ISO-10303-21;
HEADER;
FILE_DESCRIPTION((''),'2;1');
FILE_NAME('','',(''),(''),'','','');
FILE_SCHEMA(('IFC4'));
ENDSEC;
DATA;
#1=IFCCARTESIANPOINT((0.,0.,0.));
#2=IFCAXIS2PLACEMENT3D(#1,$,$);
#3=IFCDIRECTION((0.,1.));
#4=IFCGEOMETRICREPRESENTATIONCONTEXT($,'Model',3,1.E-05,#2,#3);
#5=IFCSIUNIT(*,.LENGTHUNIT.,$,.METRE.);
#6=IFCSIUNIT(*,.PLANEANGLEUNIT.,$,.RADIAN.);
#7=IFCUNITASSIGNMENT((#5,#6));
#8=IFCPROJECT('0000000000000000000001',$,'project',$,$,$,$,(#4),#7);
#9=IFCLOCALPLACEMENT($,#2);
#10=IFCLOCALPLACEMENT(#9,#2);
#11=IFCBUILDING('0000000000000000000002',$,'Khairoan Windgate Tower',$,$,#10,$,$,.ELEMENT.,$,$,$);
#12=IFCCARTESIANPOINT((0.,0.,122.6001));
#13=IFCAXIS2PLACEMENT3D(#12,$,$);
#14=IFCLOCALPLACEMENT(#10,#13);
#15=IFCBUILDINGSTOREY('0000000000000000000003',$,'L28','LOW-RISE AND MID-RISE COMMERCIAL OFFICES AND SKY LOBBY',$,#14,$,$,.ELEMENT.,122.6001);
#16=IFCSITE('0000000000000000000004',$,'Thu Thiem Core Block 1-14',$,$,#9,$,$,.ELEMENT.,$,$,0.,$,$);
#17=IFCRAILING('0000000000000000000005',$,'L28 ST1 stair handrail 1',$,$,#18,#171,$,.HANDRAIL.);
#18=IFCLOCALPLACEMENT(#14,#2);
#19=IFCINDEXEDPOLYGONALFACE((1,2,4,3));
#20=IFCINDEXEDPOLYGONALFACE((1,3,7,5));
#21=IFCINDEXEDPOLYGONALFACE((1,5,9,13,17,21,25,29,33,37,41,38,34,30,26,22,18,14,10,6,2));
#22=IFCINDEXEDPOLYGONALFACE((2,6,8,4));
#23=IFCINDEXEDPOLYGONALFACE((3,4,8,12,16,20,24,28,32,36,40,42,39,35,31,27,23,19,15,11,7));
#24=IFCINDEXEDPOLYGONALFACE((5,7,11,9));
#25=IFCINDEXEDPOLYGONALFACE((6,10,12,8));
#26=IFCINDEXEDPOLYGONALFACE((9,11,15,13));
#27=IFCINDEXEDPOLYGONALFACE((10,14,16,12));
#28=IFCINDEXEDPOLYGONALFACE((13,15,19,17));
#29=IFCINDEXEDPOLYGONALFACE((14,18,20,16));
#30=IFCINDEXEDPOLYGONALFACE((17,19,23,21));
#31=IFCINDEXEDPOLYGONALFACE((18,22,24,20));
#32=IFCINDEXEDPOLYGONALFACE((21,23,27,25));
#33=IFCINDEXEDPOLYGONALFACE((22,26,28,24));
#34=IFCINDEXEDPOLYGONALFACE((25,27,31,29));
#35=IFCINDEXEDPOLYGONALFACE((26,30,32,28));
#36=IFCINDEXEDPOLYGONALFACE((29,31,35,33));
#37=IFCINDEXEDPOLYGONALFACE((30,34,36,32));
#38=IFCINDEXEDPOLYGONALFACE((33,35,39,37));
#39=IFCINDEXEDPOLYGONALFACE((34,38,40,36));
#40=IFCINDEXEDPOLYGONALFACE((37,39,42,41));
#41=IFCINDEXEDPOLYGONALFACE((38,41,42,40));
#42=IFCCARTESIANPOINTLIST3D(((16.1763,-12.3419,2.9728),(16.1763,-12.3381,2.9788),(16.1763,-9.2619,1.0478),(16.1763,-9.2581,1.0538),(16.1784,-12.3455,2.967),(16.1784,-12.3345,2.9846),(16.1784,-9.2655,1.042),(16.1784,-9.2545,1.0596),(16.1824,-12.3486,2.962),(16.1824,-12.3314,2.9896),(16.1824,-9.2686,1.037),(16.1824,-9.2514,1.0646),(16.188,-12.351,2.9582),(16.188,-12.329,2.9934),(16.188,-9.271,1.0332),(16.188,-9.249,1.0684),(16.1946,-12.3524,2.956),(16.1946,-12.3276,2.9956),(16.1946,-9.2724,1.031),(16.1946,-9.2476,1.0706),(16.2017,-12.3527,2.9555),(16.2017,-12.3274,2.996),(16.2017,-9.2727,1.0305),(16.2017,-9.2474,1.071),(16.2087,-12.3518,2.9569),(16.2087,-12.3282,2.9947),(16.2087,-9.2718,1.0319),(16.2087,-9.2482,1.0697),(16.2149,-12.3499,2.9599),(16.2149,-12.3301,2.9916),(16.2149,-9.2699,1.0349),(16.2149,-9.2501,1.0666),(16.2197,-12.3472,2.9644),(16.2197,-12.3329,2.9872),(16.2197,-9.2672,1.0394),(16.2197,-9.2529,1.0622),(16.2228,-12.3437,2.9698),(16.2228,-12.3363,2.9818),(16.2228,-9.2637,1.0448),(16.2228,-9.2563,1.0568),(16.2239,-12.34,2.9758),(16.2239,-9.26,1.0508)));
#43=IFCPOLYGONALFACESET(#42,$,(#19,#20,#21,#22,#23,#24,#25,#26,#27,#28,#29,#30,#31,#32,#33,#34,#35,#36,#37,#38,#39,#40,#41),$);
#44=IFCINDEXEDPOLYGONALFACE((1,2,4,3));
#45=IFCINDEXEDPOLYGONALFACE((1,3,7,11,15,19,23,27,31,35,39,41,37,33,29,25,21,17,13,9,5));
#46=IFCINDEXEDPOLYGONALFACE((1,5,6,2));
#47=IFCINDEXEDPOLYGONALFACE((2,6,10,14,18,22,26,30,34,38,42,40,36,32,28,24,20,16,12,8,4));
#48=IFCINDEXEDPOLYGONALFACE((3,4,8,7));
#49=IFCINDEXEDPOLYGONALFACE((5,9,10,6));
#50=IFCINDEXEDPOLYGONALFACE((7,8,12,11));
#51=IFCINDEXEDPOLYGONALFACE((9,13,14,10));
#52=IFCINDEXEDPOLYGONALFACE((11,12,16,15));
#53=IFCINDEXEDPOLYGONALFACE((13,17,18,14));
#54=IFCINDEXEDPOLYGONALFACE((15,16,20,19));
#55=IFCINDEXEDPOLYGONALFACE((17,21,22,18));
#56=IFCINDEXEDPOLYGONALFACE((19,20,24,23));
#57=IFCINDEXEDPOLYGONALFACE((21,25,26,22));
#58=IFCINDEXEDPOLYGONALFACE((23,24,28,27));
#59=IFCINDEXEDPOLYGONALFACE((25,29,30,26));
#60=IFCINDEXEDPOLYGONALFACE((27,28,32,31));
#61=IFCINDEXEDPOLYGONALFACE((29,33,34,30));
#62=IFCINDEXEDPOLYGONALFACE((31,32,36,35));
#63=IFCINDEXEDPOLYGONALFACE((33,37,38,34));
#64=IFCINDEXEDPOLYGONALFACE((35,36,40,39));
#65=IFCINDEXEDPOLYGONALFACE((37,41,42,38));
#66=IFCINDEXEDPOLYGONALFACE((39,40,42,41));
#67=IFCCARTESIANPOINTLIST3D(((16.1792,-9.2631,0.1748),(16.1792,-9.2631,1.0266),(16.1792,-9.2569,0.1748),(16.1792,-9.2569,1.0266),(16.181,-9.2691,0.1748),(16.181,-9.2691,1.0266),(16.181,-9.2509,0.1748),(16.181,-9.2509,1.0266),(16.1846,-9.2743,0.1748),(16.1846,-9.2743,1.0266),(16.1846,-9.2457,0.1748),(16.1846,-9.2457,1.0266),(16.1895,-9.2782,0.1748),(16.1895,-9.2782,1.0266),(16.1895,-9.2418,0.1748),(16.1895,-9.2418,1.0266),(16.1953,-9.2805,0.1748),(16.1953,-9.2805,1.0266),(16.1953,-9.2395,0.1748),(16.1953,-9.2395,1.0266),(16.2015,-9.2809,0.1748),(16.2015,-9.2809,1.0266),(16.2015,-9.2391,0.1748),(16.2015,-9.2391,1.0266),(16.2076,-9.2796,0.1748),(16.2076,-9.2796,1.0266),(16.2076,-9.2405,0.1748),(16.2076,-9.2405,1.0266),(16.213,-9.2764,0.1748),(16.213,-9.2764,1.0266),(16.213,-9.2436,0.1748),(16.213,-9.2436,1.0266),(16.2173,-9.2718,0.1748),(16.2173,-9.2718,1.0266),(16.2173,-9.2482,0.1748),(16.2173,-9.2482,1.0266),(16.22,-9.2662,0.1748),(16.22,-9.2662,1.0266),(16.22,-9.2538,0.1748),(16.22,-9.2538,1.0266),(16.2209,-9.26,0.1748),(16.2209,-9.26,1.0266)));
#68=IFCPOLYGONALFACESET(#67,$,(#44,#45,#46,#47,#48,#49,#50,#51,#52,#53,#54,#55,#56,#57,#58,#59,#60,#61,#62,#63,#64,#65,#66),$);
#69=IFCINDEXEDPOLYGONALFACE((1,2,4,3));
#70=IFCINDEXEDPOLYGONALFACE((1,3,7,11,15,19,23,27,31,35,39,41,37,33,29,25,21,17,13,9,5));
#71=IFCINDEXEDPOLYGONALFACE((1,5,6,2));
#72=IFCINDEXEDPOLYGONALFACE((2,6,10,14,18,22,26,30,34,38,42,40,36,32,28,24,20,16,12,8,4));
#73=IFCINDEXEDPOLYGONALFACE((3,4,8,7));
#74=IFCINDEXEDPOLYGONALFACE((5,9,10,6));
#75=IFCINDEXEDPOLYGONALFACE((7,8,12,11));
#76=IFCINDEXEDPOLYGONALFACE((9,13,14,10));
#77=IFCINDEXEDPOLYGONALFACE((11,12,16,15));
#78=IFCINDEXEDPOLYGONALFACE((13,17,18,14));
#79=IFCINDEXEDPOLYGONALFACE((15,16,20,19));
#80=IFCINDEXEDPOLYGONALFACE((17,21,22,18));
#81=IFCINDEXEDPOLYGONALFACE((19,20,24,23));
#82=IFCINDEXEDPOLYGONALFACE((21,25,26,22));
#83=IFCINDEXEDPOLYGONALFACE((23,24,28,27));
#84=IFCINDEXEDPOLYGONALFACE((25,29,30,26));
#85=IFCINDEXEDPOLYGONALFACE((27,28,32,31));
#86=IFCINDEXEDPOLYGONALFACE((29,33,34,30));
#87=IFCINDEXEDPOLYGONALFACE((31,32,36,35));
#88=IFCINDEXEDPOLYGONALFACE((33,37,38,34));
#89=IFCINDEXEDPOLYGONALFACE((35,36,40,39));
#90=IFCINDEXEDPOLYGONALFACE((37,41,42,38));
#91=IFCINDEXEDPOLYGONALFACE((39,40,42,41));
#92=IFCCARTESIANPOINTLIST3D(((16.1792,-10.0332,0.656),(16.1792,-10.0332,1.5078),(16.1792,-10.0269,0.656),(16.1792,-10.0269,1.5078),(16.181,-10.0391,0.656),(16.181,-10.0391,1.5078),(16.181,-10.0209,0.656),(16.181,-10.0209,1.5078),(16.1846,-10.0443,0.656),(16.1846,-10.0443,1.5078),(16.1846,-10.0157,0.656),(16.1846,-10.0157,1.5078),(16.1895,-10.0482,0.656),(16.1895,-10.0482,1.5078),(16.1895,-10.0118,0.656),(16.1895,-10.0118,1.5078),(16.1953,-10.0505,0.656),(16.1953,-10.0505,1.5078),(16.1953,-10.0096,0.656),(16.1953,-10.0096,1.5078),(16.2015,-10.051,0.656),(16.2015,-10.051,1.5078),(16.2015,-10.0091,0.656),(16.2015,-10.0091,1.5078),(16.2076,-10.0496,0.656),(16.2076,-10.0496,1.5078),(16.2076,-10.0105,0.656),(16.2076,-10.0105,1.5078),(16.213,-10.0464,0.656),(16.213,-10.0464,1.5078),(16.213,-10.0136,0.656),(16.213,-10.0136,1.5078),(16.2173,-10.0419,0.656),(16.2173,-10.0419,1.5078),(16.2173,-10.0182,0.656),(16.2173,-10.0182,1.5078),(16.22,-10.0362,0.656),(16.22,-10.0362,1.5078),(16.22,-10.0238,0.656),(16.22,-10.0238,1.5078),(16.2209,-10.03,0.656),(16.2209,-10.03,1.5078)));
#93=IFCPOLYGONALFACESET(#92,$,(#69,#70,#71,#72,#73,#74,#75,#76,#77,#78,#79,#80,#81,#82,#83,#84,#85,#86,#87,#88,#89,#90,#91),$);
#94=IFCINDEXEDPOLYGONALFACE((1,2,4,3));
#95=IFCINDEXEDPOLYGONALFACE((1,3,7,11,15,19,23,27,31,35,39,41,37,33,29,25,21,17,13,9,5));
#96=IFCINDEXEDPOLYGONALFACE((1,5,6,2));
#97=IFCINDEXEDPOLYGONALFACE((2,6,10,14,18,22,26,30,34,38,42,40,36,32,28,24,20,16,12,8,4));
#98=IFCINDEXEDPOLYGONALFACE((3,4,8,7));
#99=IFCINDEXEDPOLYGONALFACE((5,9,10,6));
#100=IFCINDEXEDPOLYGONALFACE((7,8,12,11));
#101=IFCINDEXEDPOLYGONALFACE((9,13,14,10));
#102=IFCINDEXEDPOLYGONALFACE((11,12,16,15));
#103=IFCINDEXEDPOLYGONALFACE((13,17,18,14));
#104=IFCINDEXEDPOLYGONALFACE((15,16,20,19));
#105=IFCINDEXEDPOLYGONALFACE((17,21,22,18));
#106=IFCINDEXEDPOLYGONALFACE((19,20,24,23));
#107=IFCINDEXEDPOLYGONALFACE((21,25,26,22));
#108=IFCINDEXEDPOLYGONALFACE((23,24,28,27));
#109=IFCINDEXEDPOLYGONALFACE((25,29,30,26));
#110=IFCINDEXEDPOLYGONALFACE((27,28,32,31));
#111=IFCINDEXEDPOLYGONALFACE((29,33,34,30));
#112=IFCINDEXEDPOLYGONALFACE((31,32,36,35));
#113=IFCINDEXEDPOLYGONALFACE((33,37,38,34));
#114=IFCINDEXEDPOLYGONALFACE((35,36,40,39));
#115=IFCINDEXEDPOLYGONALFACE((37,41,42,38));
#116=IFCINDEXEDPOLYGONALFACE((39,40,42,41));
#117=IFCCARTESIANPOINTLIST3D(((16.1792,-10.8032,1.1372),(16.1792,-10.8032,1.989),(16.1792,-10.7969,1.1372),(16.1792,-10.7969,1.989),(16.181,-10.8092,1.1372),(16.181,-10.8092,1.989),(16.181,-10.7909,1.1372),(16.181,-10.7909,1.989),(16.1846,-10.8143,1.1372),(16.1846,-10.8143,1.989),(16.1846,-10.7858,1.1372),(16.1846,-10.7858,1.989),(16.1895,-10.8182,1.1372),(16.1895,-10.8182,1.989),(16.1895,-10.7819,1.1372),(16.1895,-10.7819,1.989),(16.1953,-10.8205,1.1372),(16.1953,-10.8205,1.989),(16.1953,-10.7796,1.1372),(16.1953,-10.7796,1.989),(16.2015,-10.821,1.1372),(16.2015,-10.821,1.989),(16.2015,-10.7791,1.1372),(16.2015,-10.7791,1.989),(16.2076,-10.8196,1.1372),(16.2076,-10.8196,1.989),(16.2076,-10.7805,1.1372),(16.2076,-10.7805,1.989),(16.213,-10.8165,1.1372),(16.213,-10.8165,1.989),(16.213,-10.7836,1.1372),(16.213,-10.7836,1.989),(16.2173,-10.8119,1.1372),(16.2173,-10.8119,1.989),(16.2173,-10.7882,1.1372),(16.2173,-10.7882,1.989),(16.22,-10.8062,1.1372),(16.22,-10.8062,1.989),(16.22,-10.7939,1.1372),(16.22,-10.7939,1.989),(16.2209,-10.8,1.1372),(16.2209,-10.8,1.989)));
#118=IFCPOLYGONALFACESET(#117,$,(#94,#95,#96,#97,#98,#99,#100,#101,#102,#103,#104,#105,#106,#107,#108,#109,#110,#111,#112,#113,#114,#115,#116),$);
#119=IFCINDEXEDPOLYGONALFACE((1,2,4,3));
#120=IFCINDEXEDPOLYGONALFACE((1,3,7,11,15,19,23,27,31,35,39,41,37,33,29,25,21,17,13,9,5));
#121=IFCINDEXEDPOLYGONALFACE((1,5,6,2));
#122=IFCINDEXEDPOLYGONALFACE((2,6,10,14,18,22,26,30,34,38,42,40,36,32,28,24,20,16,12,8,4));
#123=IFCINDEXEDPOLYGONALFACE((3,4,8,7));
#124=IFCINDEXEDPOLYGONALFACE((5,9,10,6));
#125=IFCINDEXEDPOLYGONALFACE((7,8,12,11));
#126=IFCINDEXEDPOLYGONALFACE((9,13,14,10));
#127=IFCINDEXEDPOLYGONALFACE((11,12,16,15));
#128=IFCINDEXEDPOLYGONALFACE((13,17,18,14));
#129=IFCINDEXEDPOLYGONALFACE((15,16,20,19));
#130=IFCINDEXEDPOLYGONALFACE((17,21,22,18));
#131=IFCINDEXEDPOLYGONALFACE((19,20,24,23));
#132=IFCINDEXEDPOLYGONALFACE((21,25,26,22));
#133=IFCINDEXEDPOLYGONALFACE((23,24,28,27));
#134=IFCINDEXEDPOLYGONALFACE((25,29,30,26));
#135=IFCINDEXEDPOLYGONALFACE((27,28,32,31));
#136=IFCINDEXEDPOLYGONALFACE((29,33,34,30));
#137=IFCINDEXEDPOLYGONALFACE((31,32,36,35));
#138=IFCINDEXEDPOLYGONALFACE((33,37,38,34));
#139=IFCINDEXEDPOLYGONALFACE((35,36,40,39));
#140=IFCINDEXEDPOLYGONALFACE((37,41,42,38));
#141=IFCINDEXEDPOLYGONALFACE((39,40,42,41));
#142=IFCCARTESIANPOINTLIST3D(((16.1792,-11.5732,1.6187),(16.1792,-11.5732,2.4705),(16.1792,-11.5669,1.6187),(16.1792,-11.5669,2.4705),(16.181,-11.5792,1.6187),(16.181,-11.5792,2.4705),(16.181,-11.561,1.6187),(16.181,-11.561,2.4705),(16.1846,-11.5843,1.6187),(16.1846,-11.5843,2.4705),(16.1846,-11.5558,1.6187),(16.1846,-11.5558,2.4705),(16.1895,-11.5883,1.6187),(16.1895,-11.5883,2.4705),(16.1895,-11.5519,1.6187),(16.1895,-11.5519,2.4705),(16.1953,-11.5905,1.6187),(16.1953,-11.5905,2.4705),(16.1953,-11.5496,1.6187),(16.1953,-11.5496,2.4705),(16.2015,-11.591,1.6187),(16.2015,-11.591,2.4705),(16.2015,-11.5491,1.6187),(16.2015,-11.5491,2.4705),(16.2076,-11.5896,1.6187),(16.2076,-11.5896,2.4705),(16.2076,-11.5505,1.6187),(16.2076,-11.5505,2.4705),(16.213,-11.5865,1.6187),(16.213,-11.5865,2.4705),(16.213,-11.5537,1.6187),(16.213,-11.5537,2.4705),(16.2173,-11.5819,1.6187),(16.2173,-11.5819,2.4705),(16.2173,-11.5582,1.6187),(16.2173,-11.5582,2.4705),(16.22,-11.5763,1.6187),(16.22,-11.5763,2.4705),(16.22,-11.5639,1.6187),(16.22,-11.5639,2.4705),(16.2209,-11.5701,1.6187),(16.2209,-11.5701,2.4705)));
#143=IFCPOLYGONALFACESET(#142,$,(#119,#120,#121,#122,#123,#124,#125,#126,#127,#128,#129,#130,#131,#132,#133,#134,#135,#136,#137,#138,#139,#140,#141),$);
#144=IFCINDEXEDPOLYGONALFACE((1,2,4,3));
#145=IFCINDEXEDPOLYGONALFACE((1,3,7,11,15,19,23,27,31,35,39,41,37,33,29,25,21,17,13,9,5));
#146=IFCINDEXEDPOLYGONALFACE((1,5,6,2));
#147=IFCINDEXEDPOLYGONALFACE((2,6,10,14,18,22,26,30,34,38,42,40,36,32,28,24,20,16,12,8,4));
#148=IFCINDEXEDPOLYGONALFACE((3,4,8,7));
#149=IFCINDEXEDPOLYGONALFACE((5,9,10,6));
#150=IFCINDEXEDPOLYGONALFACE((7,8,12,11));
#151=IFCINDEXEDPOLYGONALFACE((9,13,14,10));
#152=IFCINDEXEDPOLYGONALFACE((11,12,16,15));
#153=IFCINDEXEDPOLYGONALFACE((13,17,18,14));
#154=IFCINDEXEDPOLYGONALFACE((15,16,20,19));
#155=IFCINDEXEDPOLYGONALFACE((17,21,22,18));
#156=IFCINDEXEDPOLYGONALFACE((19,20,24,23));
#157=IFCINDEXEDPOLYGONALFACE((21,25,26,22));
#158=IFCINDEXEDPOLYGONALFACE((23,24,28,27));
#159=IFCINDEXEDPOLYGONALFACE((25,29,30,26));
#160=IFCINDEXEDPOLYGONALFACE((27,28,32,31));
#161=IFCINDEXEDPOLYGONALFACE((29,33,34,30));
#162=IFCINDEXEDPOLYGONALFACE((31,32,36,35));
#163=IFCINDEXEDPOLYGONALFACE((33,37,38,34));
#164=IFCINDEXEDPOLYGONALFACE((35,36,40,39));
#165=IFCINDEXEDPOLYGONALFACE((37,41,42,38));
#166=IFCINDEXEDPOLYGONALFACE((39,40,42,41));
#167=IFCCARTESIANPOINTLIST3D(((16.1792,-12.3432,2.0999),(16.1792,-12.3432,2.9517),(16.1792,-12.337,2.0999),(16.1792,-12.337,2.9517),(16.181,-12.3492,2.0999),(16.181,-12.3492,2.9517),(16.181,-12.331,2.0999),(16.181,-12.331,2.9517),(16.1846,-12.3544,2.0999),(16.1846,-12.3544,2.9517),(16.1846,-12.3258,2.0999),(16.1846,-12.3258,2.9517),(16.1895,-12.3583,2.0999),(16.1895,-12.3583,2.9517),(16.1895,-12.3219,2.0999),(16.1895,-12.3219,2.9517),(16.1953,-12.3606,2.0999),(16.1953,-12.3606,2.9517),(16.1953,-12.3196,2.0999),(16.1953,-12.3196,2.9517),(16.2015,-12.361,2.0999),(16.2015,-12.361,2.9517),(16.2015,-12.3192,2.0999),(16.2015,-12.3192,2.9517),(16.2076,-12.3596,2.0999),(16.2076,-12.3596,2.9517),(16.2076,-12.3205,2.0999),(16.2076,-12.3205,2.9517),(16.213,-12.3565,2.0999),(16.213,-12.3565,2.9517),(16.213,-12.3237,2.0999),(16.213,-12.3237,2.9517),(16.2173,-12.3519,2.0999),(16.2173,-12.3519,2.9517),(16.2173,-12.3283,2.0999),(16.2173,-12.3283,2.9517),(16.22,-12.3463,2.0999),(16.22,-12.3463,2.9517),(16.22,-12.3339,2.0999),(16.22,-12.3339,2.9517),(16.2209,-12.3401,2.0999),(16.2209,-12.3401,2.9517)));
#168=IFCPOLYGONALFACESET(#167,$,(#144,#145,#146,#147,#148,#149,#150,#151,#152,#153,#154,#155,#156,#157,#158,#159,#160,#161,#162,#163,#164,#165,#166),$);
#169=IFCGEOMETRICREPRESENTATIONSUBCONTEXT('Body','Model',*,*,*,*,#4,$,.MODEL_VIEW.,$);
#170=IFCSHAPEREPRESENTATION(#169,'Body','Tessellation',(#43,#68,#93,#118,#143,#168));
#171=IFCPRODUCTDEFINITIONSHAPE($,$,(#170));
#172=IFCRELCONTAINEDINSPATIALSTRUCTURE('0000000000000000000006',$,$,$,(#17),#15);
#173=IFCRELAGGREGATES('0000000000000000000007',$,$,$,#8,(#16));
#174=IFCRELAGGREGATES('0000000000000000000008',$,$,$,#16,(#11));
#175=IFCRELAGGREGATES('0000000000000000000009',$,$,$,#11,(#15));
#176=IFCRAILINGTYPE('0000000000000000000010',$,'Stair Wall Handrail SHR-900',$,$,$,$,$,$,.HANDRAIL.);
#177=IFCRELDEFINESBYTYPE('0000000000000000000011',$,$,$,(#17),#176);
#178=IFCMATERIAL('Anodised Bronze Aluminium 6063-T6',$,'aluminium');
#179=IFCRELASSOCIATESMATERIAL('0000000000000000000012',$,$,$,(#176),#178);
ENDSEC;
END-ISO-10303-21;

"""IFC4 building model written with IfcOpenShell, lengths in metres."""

from ifc_helpers import new_model, si_unit, direction, frame, origin, origin_2d, place, context, subcontext, project, spatial, circle, extrude, material, type_object, element, save


model = new_model("IFC4")

# Units and contexts
model_context = context("Model", 3, precision=1e-05, world=origin(), true_north=direction((0.0, 1.0)))
body_context = subcontext(model_context, "Body", "Model", "MODEL_VIEW")
ifc_project = project(units=[si_unit("LENGTHUNIT", "METRE"), si_unit("PLANEANGLEUNIT", "RADIAN")], contexts=[model_context])

# Site, building, storey
site_placement = place(None, origin())
site = spatial("IfcSite", under=ifc_project, at=site_placement, Name="Thu Thiem Core Block 1-14", CompositionType="ELEMENT", RefElevation=0.0)
building_placement = place(site_placement, origin())
building = spatial("IfcBuilding", under=site, at=building_placement, Name="Khairoan Windgate Tower", CompositionType="ELEMENT")
storey_placement = place(building_placement, frame((0.0, 0.0, 122.6001)))
storey = spatial("IfcBuildingStorey", under=building, at=storey_placement, Name="L28", Description="LOW-RISE AND MID-RISE COMMERCIAL OFFICES AND SKY LOBBY", CompositionType="ELEMENT", Elevation=122.6001)

# Railing
ifc_material_1 = material(Name="Anodised Bronze Aluminium 6063-T6", Category="aluminium")
railing_type_1 = type_object("IfcRailingType", Name="Stair Wall Handrail SHR-900", PredefinedType="HANDRAIL", material=ifc_material_1)
railing_1_placement = place(storey_placement, frame((16.2, -9.26, 0.1748)))
element("IfcRailing", 1, at=railing_1_placement, inside=storey, type_object=railing_type_1, Name="L28 ST1 stair handrail 1", PredefinedType="HANDRAIL", context=body_context, shape_type="SweptSolid", body=[
    extrude(circle(Radius=0.0239, at=origin_2d()), frame((0.0, 0.0, 0.876), z_axis=(0.0, -0.847998, 0.529999), x_axis=(1.0, 0.0, 0.0)), (0.0, 0.0, 1.0), 3.6321),
    extrude(circle(Radius=0.021, at=origin_2d()), origin(), (0.0, 0.0, 1.0), 0.8518),
    extrude(circle(Radius=0.021, at=origin_2d()), frame((0.0, -0.77, 0.4812)), (0.0, 0.0, 1.0), 0.8518),
    extrude(circle(Radius=0.021, at=origin_2d()), frame((0.0, -1.54, 0.9624)), (0.0, 0.0, 1.0), 0.8518),
    extrude(circle(Radius=0.021, at=origin_2d()), frame((0.0, -2.3101, 1.4438)), (0.0, 0.0, 1.0), 0.8518),
    extrude(circle(Radius=0.021, at=origin_2d()), frame((0.0, -3.0801, 1.925)), (0.0, 0.0, 1.0), 0.8518),
])

save(model, "model.ifc")
